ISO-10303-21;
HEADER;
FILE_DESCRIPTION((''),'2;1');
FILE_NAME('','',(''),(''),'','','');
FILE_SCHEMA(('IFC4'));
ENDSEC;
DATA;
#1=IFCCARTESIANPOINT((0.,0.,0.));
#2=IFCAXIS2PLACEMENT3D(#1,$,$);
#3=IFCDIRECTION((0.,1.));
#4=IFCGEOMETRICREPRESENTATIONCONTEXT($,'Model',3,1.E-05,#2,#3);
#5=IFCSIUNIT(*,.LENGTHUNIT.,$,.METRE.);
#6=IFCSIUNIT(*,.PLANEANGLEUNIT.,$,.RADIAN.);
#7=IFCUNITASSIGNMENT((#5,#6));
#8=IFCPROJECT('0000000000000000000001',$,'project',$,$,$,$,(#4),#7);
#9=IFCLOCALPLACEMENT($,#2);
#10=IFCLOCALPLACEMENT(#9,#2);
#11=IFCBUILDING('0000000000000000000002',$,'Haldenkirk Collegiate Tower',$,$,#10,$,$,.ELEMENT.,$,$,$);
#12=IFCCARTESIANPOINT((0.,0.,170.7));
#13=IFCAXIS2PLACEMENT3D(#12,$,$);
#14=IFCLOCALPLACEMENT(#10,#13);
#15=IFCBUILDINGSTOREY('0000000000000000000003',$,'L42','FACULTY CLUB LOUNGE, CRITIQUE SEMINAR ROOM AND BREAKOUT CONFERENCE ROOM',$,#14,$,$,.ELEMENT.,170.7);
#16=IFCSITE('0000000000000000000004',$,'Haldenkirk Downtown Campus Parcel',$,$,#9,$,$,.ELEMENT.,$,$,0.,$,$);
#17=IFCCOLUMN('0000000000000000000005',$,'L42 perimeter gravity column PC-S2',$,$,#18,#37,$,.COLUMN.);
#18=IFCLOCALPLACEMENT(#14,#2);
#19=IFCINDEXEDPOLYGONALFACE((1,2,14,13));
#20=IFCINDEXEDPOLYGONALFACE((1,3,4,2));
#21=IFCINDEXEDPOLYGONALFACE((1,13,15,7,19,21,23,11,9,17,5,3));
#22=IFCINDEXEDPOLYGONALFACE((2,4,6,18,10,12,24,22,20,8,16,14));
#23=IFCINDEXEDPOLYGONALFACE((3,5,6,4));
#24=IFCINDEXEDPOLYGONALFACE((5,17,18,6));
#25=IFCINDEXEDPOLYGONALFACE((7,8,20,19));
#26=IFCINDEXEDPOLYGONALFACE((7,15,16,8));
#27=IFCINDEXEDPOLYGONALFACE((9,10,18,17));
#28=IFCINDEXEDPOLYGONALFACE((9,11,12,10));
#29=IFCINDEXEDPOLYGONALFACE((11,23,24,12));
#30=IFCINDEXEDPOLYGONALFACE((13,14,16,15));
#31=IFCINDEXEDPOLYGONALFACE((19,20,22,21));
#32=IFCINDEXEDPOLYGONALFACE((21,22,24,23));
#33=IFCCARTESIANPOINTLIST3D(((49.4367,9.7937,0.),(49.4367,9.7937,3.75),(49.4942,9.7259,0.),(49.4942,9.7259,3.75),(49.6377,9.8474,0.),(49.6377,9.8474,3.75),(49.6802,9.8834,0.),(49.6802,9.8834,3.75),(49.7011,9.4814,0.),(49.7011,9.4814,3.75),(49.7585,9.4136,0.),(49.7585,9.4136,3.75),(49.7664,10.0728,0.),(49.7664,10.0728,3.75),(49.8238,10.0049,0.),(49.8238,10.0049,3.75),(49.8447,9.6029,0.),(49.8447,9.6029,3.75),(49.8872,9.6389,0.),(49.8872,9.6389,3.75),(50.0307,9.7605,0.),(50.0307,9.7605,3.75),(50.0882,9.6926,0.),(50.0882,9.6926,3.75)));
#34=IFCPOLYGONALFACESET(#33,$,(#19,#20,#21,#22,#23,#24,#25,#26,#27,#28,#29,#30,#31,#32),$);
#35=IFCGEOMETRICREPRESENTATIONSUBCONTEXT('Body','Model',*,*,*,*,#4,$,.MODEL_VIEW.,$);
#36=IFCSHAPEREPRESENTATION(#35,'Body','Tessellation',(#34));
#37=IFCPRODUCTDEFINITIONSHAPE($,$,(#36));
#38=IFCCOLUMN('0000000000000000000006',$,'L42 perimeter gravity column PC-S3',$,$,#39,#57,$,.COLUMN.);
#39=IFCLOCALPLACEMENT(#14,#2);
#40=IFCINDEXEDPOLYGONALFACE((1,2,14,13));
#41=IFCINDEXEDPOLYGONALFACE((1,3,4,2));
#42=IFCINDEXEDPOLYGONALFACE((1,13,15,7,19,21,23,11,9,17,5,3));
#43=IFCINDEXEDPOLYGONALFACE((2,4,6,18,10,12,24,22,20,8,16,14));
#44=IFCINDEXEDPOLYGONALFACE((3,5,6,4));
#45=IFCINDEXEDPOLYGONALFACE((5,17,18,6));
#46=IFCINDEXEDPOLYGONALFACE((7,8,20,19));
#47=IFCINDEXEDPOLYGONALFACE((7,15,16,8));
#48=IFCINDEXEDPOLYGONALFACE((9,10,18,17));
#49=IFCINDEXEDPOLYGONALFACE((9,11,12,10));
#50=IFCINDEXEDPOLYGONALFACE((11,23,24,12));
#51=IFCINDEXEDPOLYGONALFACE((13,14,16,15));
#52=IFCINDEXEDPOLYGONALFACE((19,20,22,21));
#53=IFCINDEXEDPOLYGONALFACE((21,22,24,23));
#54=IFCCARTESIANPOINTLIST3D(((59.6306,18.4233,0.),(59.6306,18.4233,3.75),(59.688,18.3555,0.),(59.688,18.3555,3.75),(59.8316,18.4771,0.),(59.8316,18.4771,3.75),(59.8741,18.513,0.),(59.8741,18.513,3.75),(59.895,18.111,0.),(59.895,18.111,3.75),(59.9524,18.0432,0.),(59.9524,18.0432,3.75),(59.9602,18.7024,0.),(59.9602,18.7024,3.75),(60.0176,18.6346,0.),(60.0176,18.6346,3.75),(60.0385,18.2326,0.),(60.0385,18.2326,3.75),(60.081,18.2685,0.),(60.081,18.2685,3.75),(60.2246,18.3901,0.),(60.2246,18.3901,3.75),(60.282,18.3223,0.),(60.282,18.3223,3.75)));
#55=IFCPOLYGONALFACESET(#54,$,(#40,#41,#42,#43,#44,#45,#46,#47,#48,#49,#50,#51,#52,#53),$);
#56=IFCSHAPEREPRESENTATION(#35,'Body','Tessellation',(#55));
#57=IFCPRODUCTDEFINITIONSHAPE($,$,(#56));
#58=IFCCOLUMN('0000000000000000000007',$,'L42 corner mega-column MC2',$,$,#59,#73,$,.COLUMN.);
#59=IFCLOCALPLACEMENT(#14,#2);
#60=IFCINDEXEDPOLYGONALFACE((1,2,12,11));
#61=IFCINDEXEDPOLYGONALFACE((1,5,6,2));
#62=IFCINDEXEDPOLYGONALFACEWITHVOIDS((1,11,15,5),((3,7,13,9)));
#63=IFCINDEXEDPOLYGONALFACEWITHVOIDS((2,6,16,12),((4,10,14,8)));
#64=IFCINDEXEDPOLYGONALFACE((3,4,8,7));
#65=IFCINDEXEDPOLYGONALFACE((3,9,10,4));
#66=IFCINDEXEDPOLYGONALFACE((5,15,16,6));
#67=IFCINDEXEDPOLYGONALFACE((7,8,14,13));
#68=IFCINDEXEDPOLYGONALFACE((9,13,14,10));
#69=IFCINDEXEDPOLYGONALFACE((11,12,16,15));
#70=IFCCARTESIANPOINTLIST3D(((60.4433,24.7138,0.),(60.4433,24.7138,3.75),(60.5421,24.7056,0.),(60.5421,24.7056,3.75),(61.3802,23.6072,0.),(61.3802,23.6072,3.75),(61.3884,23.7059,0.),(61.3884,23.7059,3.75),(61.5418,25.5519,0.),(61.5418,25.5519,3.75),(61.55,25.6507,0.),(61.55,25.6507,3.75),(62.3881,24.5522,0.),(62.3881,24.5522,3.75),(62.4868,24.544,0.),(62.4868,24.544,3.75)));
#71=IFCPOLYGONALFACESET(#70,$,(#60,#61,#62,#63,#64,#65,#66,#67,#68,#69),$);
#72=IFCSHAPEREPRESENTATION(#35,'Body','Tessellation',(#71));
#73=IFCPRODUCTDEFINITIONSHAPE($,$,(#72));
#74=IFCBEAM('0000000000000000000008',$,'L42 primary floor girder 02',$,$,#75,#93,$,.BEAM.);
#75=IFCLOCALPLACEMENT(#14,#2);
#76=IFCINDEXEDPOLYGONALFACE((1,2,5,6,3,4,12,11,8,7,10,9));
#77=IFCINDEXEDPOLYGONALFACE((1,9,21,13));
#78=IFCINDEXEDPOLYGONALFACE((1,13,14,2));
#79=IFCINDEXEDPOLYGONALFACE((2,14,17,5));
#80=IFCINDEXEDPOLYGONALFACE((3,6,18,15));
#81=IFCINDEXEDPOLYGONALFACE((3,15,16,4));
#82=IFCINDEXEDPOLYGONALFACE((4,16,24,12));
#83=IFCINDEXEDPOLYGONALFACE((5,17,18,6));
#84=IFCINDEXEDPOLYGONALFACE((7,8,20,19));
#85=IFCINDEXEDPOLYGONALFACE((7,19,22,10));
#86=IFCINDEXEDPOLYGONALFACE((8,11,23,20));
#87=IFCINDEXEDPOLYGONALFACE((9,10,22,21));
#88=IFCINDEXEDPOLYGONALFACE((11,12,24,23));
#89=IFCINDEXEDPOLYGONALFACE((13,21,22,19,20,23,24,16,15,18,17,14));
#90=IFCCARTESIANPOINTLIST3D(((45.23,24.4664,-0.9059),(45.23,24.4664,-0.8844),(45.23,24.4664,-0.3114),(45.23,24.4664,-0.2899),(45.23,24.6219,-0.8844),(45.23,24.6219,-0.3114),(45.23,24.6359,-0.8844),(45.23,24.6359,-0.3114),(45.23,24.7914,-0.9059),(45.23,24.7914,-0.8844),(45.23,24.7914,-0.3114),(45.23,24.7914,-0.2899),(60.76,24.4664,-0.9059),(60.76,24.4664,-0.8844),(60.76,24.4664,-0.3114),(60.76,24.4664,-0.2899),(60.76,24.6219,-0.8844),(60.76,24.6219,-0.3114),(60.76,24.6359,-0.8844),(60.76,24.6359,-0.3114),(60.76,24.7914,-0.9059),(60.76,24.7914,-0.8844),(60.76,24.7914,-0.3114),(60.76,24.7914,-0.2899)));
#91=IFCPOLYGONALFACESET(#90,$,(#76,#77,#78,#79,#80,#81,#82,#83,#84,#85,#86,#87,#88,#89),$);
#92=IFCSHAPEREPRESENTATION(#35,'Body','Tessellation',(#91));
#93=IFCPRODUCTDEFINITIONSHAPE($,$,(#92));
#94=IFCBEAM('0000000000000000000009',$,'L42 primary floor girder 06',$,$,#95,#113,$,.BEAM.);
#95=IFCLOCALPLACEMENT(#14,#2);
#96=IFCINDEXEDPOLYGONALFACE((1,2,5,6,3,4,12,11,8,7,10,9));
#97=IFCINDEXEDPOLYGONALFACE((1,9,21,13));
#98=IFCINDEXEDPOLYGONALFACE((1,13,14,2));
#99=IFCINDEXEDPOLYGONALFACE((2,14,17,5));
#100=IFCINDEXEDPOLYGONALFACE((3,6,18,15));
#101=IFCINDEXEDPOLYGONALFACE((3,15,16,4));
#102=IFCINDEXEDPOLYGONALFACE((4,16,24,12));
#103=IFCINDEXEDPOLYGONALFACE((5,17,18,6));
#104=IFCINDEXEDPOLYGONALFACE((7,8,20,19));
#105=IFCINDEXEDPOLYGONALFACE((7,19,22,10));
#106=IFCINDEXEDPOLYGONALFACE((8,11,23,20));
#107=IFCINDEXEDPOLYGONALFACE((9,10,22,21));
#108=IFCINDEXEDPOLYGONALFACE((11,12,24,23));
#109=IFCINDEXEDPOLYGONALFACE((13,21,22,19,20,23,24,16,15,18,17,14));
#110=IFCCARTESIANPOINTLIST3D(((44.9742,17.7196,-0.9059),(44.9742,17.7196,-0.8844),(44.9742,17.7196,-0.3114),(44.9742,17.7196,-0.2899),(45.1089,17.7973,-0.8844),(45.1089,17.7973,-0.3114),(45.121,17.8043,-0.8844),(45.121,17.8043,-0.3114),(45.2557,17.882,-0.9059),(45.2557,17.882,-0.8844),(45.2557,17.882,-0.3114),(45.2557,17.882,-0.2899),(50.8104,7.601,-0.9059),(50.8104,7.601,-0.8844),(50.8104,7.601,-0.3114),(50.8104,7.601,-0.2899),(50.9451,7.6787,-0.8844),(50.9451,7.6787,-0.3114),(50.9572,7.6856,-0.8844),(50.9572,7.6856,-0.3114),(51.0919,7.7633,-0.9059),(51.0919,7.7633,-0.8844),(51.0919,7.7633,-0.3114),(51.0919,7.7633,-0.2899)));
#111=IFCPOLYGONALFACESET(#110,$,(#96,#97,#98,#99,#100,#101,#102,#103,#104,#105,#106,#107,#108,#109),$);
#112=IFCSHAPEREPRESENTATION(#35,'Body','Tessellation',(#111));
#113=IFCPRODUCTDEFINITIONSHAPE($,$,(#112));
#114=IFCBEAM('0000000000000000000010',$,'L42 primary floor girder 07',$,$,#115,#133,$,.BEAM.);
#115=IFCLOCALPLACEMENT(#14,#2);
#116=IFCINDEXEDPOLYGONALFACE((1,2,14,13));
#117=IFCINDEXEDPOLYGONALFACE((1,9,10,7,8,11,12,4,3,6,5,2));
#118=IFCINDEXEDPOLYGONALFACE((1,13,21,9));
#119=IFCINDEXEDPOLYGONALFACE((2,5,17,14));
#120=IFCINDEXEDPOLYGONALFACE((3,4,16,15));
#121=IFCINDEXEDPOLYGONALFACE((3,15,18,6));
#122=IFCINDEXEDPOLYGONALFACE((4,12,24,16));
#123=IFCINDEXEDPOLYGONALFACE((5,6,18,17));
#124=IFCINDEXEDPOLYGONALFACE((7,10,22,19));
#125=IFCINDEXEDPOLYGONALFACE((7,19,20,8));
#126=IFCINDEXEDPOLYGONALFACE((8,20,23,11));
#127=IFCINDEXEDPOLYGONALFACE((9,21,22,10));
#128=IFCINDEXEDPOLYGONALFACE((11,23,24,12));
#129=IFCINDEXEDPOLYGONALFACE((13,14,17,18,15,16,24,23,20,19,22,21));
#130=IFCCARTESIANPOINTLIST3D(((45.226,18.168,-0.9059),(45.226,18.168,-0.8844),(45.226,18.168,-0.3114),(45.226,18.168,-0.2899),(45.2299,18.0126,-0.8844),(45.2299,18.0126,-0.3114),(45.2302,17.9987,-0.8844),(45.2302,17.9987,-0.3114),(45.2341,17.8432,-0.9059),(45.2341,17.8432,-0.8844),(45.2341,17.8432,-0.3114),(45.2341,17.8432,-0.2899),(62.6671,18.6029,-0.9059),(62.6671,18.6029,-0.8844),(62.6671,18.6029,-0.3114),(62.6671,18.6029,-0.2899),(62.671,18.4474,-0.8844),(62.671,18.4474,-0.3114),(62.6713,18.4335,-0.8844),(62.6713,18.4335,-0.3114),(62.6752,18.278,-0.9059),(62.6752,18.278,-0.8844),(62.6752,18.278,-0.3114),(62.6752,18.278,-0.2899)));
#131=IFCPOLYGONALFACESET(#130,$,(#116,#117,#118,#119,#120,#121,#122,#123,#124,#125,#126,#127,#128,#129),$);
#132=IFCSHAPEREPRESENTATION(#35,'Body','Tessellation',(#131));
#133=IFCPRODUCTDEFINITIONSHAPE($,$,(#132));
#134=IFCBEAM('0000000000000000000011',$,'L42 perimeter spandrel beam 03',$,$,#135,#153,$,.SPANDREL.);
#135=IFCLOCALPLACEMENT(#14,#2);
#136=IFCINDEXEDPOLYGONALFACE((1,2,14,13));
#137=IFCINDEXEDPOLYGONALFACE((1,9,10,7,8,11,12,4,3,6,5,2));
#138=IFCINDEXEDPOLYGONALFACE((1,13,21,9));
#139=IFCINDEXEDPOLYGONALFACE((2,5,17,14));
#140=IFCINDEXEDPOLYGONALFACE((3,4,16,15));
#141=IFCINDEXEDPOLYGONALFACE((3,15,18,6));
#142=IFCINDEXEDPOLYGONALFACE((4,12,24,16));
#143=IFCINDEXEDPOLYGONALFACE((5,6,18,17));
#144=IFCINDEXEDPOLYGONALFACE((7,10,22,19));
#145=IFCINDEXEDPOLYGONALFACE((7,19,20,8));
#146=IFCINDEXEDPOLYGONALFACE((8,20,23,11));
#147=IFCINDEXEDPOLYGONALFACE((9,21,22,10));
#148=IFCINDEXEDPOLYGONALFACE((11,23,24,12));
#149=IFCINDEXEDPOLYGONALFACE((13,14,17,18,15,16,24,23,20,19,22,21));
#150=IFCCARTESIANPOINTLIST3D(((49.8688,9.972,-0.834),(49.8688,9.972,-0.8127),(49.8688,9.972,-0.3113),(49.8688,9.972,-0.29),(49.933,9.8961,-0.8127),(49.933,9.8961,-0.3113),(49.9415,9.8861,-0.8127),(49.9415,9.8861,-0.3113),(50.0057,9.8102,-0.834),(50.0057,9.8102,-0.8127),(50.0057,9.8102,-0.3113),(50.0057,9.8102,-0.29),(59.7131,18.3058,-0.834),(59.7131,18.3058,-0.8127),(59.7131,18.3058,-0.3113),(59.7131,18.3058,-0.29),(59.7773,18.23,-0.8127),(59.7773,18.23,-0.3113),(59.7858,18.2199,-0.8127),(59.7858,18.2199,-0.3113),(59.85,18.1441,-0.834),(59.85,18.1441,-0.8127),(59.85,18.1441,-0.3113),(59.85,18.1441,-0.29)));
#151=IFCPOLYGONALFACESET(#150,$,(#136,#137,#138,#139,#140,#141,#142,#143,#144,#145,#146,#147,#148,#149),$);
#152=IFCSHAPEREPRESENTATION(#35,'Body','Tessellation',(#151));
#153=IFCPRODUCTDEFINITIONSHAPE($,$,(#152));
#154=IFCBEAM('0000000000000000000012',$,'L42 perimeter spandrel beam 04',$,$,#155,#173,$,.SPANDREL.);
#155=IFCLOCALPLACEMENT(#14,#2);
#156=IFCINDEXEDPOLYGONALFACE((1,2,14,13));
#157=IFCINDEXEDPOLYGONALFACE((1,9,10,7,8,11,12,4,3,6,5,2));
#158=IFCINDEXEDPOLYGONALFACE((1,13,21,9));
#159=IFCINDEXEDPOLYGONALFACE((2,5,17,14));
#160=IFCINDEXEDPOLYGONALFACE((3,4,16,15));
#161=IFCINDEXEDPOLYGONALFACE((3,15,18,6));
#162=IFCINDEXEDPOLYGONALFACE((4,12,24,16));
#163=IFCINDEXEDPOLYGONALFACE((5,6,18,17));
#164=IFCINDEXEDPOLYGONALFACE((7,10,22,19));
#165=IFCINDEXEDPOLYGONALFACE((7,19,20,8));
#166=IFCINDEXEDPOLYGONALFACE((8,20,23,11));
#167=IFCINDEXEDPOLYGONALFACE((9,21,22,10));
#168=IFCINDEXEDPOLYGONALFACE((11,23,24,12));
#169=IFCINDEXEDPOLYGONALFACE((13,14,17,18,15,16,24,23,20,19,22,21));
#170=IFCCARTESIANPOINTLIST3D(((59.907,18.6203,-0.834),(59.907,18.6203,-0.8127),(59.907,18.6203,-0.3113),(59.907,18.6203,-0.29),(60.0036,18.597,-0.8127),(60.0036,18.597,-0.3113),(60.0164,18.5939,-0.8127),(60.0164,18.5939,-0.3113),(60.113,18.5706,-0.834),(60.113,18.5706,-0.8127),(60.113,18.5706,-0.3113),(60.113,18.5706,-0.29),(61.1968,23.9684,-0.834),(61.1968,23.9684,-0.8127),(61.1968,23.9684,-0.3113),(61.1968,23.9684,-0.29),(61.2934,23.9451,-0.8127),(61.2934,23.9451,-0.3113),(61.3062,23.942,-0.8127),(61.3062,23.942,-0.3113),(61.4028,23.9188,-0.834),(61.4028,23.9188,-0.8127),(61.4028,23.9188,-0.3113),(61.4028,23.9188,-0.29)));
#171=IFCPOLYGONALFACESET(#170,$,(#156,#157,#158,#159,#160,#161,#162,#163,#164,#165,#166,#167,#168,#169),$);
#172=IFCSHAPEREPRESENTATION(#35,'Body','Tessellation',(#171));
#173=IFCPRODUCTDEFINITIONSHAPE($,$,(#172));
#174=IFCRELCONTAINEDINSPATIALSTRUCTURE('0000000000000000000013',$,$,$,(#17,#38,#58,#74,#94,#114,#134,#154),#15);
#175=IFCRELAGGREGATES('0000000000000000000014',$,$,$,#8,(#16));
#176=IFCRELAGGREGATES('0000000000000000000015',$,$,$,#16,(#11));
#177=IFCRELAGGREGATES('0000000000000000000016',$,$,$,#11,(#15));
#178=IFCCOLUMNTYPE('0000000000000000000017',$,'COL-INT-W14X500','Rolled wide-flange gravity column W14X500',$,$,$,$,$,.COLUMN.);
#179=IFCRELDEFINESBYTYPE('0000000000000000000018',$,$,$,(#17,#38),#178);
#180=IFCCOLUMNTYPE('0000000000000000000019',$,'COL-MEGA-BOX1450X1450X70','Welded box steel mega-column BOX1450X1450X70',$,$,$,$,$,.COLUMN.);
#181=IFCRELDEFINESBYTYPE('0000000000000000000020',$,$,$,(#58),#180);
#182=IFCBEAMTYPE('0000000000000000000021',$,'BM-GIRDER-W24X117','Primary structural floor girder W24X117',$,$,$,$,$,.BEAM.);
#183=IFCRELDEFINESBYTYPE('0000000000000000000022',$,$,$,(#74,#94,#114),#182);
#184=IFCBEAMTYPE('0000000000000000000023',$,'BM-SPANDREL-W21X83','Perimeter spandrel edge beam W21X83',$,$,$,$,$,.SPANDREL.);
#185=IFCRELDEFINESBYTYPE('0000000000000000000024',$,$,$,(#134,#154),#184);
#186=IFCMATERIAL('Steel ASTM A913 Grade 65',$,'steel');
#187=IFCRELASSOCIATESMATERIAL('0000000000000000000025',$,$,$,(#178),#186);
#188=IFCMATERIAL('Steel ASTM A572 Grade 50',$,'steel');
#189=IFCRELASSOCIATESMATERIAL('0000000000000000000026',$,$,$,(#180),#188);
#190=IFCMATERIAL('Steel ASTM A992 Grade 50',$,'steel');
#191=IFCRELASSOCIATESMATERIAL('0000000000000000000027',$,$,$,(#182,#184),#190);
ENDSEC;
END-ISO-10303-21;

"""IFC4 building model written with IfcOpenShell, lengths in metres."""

from ifc_helpers import new_model, si_unit, direction, frame, origin, origin_2d, place, context, subcontext, project, spatial, hollow_rectangle, i_section, extrude, material, material_profile, profile_set, type_object, element, save


model = new_model("IFC4")

# Units and contexts
model_context = context("Model", 3, precision=1e-05, world=origin(), true_north=direction((0.0, 1.0)))
body_context = subcontext(model_context, "Body", "Model", "MODEL_VIEW")
ifc_project = project(units=[si_unit("LENGTHUNIT", "METRE"), si_unit("PLANEANGLEUNIT", "RADIAN")], contexts=[model_context])

# Site, building, storey
site_placement = place(None, origin())
site = spatial("IfcSite", under=ifc_project, at=site_placement, Name="Haldenkirk Downtown Campus Parcel", CompositionType="ELEMENT", RefElevation=0.0)
building_placement = place(site_placement, origin())
building = spatial("IfcBuilding", under=site, at=building_placement, Name="Haldenkirk Collegiate Tower", CompositionType="ELEMENT")
storey_placement = place(building_placement, frame((0.0, 0.0, 170.7)))
storey = spatial("IfcBuildingStorey", under=building, at=storey_placement, Name="L42", Description="FACULTY CLUB LOUNGE, CRITIQUE SEMINAR ROOM AND BREAKOUT CONFERENCE ROOM", CompositionType="ELEMENT", Elevation=170.7)

# Columns
ifc_material_1 = material(Name="Steel ASTM A913 Grade 65", Category="steel")
ifc_material_profile_1 = material_profile(ifc_material_1, i_section(OverallWidth=0.4319, OverallDepth=0.498, WebThickness=0.0557, FlangeThickness=0.0889, at=origin_2d()), Name="W14X500")
ifc_profile_set_1 = profile_set([ifc_material_profile_1], Name="Steel ASTM A913 Grade 65")
column_type_1 = type_object("IfcColumnType", Name="COL-INT-W14X500", Description="Rolled wide-flange gravity column W14X500", PredefinedType="COLUMN", material=ifc_profile_set_1)
for number, where, z_axis, x_axis, name in (
    (1, (49.7625, 9.7432, 0.0), (0.0, 0.0, 1.0), (0.763232, 0.646124, 0.0), "L42 perimeter gravity column PC-S2"),
    (2, (59.9563, 18.3728, 0.0), (0.0, 0.0, 1.0), (0.763232, 0.646124, 0.0), "L42 perimeter gravity column PC-S3"),
):
    element("IfcColumn", number, at=place(storey_placement, frame(where, z_axis=z_axis, x_axis=x_axis)), inside=storey, type_object=column_type_1, Name=name, PredefinedType="COLUMN", context=body_context, shape_type="SweptSolid", body=[
        extrude(i_section(OverallWidth=0.4319, OverallDepth=0.498, WebThickness=0.0557, FlangeThickness=0.0889, at=origin_2d()), origin(), (0.0, 0.0, 1.0), 3.75),
    ])
ifc_material_2 = material(Name="Steel ASTM A572 Grade 50", Category="steel")
ifc_material_profile_2 = material_profile(ifc_material_2, hollow_rectangle(XDim=1.45, YDim=1.45, WallThickness=0.0701, at=origin_2d()), Name="BOX1450X1450X70")
ifc_profile_set_2 = profile_set([ifc_material_profile_2], Name="Steel ASTM A572 Grade 50")
column_type_2 = type_object("IfcColumnType", Name="COL-MEGA-BOX1450X1450X70", Description="Welded box steel mega-column BOX1450X1450X70", PredefinedType="COLUMN", material=ifc_profile_set_2)
column_placement = place(storey_placement, frame((61.4651, 24.6289, 0.0), z_axis=(0.0, 0.0, 1.0), x_axis=(0.763232, 0.646124, 0.0)))
element("IfcColumn", 3, at=column_placement, inside=storey, type_object=column_type_2, Name="L42 corner mega-column MC2", PredefinedType="COLUMN", context=body_context, shape_type="SweptSolid", body=[
    extrude(hollow_rectangle(XDim=1.45, YDim=1.45, WallThickness=0.0701, at=origin_2d()), origin(), (0.0, 0.0, 1.0), 3.75),
])

# Beams
ifc_material_3 = material(Name="Steel ASTM A992 Grade 50", Category="steel")
ifc_material_profile_3 = material_profile(ifc_material_3, i_section(OverallWidth=0.325, OverallDepth=0.616, WebThickness=0.0139, FlangeThickness=0.0215, at=origin_2d()), Name="W24X117")
ifc_profile_set_3 = profile_set([ifc_material_profile_3], Name="Steel ASTM A992 Grade 50")
beam_type_1 = type_object("IfcBeamType", Name="BM-GIRDER-W24X117", Description="Primary structural floor girder W24X117", PredefinedType="BEAM", material=ifc_profile_set_3)
beam_1_placement = place(storey_placement, frame((60.76, 24.6289, -0.5979), z_axis=(-1.0, 0.0, 0.0), x_axis=(0.0, -1.0, 0.0)))
element("IfcBeam", 4, at=beam_1_placement, inside=storey, type_object=beam_type_1, Name="L42 primary floor girder 02", PredefinedType="BEAM", context=body_context, shape_type="SweptSolid", body=[
    extrude(i_section(OverallWidth=0.325, OverallDepth=0.616, WebThickness=0.0139, FlangeThickness=0.0215, at=origin_2d()), origin(), (0.0, 0.0, 1.0), 15.53),
])
beam_2_placement = place(storey_placement, frame((50.9512, 7.6821, -0.5979), z_axis=(-0.499626, 0.866241, 0.0), x_axis=(-0.866241, -0.499626, 0.0)))
element("IfcBeam", 5, at=beam_2_placement, inside=storey, type_object=beam_type_1, Name="L42 primary floor girder 06", PredefinedType="BEAM", context=body_context, shape_type="SweptSolid", body=[
    extrude(i_section(OverallWidth=0.325, OverallDepth=0.616, WebThickness=0.0139, FlangeThickness=0.0215, at=origin_2d()), origin(), (0.0, 0.0, 1.0), 11.6812),
])
beam_3_placement = place(storey_placement, frame((62.6711, 18.4404, -0.5979), z_axis=(-0.999689, -0.024923, 0.0), x_axis=(0.024923, -0.999689, 0.0)))
element("IfcBeam", 6, at=beam_3_placement, inside=storey, type_object=beam_type_1, Name="L42 primary floor girder 07", PredefinedType="BEAM", context=body_context, shape_type="SweptSolid", body=[
    extrude(i_section(OverallWidth=0.325, OverallDepth=0.616, WebThickness=0.0139, FlangeThickness=0.0215, at=origin_2d()), origin(), (0.0, 0.0, 1.0), 17.4465),
])
ifc_material_profile_4 = material_profile(ifc_material_3, i_section(OverallWidth=0.2119, OverallDepth=0.5439, WebThickness=0.0132, FlangeThickness=0.0212, at=origin_2d()), Name="W21X83")
ifc_profile_set_4 = profile_set([ifc_material_profile_4], Name="Steel ASTM A992 Grade 50")
beam_type_2 = type_object("IfcBeamType", Name="BM-SPANDREL-W21X83", Description="Perimeter spandrel edge beam W21X83", PredefinedType="SPANDREL", material=ifc_profile_set_4)
beam_4_placement = place(storey_placement, frame((49.9373, 9.8911, -0.562), z_axis=(0.763233, 0.646123, 0.0), x_axis=(-0.646123, 0.763233, 0.0)))
element("IfcBeam", 7, at=beam_4_placement, inside=storey, type_object=beam_type_2, Name="L42 perimeter spandrel beam 03", PredefinedType="SPANDREL", context=body_context, shape_type="SweptSolid", body=[
    extrude(i_section(OverallWidth=0.2119, OverallDepth=0.5439, WebThickness=0.0132, FlangeThickness=0.0212, at=origin_2d()), origin(), (0.0, 0.0, 1.0), 12.8982),
])
beam_5_placement = place(storey_placement, frame((60.01, 18.5955, -0.562), z_axis=(0.234445, 0.972129, 0.0), x_axis=(-0.972129, 0.234445, 0.0)))
element("IfcBeam", 8, at=beam_5_placement, inside=storey, type_object=beam_type_2, Name="L42 perimeter spandrel beam 04", PredefinedType="SPANDREL", context=body_context, shape_type="SweptSolid", body=[
    extrude(i_section(OverallWidth=0.2119, OverallDepth=0.5439, WebThickness=0.0132, FlangeThickness=0.0212, at=origin_2d()), origin(), (0.0, 0.0, 1.0), 5.5015),
])

save(model, "model.ifc")
